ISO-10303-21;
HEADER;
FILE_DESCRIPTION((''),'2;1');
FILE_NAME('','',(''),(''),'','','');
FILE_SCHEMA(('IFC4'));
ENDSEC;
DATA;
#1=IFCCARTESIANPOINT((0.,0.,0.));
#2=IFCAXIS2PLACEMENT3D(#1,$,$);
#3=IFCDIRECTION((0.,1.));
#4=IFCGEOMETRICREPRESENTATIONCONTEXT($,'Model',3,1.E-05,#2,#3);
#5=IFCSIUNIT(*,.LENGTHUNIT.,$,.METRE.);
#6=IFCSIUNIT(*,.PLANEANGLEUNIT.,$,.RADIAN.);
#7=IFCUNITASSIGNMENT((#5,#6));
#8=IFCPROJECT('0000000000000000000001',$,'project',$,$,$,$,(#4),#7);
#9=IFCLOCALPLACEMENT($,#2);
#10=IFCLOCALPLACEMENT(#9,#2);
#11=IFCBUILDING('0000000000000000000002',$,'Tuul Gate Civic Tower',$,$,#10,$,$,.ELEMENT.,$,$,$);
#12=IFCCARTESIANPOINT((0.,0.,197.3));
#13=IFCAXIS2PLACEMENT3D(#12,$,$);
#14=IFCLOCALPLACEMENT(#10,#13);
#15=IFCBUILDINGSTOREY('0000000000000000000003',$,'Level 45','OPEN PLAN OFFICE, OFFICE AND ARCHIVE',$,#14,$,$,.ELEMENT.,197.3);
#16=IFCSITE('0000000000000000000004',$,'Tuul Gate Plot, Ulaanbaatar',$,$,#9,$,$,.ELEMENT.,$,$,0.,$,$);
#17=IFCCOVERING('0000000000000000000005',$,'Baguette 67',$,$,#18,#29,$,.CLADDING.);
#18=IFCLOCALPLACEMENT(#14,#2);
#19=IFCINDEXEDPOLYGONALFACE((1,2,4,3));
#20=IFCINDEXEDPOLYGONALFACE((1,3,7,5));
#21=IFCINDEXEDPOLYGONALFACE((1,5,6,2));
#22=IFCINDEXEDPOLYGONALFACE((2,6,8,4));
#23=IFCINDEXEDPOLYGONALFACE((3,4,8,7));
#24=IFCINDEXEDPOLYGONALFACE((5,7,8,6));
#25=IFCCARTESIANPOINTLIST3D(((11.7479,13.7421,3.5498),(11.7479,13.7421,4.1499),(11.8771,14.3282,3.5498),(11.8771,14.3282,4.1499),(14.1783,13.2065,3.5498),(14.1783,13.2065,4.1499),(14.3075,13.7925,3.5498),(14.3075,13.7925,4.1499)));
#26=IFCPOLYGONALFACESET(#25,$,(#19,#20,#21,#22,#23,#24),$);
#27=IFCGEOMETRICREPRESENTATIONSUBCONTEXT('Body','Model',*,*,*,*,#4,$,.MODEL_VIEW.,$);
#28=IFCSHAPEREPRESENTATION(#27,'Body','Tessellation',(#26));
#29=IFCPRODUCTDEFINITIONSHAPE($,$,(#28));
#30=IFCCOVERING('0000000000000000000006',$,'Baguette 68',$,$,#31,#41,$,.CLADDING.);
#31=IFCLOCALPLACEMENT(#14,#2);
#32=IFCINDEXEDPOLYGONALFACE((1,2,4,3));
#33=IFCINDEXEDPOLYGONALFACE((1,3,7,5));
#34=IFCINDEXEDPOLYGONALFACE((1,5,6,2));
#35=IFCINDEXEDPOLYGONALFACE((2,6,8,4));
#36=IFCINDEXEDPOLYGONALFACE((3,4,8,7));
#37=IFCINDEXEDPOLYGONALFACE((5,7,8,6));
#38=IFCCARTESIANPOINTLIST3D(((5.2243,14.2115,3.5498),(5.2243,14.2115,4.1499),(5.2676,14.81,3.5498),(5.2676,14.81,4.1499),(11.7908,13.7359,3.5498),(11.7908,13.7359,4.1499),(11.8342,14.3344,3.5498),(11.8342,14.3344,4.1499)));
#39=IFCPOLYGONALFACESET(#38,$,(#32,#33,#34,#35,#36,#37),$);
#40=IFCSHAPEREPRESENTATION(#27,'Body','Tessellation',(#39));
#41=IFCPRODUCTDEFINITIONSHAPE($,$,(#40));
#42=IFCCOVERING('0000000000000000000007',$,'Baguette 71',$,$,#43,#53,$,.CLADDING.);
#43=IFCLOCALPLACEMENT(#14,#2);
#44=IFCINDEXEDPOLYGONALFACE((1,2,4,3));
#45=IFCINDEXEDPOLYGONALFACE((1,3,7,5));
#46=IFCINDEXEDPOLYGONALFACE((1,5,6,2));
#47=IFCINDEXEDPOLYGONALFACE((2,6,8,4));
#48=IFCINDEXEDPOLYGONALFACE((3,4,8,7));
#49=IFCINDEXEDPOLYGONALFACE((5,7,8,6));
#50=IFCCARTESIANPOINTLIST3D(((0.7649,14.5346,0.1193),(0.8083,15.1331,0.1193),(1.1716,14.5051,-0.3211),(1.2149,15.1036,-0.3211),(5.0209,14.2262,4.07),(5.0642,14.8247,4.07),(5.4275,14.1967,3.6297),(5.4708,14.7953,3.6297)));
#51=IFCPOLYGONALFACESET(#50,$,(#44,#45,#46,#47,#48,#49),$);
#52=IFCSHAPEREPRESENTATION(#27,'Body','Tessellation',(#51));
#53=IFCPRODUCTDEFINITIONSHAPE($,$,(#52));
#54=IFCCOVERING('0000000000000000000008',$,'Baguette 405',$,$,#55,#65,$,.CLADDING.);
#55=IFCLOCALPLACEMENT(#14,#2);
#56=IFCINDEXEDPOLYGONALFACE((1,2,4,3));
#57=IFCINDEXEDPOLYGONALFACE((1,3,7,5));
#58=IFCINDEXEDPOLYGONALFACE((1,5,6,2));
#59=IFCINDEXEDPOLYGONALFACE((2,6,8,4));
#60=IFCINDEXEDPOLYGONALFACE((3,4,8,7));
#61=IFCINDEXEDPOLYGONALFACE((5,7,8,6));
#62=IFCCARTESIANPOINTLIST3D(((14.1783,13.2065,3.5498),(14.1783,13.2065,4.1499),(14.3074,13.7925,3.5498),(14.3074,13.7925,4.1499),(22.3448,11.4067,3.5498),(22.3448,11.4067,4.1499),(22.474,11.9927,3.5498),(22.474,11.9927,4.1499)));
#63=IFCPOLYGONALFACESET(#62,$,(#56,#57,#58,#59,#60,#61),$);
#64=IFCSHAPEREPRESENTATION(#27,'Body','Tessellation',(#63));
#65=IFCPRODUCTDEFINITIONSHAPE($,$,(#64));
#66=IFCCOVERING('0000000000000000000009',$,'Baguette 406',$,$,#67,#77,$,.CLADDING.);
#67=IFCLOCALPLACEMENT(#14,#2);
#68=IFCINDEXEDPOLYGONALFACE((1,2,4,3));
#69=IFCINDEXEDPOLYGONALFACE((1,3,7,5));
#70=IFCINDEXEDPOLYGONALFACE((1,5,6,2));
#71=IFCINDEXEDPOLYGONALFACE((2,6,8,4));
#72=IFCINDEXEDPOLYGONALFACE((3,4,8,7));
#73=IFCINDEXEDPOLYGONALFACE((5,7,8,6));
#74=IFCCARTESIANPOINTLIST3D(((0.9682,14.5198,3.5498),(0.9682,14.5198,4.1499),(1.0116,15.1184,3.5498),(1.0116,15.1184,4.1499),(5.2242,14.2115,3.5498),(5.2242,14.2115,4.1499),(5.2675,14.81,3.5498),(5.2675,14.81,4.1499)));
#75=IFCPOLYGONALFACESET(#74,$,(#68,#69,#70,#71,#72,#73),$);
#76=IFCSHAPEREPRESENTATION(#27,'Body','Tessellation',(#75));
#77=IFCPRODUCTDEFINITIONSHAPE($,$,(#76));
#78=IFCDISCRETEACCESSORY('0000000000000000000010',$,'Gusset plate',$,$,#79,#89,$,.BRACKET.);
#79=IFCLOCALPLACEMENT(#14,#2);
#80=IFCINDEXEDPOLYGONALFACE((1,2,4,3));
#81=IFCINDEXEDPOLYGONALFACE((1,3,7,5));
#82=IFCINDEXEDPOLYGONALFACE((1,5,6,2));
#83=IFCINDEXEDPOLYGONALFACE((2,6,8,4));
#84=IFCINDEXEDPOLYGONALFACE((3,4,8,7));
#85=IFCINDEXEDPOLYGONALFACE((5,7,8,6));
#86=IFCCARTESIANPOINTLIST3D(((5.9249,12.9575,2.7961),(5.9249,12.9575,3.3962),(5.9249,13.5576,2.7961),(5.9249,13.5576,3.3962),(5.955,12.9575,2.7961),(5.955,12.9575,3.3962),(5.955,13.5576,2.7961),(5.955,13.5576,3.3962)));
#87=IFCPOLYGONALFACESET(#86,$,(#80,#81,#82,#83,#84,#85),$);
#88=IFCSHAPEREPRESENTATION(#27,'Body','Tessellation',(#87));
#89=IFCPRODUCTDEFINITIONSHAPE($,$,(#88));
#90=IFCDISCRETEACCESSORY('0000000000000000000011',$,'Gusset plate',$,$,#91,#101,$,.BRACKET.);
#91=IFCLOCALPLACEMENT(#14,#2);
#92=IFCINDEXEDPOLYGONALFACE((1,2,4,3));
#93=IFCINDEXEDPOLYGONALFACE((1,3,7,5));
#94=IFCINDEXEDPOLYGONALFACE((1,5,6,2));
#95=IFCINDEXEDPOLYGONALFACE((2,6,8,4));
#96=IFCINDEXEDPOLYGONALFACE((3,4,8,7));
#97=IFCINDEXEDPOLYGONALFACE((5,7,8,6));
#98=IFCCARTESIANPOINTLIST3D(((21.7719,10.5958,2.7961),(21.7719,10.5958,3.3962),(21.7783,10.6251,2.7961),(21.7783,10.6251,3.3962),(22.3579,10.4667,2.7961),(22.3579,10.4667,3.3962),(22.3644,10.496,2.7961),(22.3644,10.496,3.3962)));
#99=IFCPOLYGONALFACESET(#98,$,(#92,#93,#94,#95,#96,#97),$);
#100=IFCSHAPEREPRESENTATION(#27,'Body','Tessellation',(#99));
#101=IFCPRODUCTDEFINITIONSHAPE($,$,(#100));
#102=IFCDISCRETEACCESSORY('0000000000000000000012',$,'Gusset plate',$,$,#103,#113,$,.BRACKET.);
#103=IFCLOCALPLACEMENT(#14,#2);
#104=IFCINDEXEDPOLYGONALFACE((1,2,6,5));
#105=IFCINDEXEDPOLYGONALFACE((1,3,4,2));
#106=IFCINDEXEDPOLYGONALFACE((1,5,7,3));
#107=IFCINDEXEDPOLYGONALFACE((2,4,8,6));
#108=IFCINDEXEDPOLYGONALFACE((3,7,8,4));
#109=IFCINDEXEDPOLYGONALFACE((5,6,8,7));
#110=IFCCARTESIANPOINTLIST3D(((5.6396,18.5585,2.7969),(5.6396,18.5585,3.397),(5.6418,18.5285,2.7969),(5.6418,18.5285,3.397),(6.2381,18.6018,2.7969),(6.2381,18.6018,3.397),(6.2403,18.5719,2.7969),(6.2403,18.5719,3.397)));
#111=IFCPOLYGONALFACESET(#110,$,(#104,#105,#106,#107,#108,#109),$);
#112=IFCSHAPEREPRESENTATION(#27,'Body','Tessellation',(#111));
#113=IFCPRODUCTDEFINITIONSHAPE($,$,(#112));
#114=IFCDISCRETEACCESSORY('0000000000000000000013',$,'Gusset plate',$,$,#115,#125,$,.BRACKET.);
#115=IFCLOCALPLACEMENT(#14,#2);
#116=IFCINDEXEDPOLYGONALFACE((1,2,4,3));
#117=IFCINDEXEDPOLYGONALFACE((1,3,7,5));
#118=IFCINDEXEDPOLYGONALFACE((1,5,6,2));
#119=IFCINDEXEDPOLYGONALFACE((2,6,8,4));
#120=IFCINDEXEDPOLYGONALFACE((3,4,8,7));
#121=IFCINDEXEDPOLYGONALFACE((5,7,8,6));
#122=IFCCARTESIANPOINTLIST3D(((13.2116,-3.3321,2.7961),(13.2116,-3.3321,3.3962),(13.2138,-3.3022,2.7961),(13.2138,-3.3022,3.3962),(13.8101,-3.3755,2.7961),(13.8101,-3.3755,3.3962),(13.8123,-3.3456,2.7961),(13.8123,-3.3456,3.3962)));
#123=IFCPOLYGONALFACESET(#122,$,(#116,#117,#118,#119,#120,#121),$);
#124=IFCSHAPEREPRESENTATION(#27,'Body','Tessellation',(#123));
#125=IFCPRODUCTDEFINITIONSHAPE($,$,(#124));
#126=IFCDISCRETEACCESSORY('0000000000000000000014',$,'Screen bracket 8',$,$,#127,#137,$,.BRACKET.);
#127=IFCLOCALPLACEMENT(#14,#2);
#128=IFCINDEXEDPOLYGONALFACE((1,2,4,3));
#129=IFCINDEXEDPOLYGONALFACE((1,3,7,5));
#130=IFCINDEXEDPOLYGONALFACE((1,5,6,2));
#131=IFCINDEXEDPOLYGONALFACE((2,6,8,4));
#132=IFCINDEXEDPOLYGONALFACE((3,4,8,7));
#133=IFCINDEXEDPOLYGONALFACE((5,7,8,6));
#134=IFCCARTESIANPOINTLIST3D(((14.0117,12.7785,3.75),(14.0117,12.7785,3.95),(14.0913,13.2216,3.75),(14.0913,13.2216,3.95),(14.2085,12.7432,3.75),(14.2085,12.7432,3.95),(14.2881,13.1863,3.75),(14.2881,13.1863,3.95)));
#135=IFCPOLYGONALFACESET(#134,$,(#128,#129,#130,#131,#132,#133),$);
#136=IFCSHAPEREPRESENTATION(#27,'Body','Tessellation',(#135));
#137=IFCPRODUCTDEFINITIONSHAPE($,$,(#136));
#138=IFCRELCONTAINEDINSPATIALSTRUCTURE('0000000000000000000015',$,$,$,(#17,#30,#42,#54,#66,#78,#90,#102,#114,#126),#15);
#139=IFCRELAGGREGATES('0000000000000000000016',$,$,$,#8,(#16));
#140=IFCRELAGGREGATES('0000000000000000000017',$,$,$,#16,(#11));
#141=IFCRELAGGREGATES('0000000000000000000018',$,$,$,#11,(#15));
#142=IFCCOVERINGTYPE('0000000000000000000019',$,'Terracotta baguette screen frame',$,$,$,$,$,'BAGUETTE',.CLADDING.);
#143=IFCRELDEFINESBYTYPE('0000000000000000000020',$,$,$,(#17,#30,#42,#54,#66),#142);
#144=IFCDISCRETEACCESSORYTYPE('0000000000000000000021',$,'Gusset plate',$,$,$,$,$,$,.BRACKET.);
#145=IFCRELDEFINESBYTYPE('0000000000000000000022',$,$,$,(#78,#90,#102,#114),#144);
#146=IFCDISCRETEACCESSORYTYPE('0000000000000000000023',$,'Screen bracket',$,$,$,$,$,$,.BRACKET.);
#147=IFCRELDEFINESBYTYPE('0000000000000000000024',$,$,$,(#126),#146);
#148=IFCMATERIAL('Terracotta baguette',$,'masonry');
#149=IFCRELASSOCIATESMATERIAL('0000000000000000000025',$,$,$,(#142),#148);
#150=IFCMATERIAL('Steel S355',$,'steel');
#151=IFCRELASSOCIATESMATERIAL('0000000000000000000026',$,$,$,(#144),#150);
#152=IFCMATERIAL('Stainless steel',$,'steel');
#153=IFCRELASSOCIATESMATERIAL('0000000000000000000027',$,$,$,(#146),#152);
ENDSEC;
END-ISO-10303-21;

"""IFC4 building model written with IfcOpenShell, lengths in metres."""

from ifc_helpers import new_model, si_unit, direction, frame, origin, origin_2d, place, context, subcontext, project, spatial, rectangle, extrude, material, material_profile, profile_set, type_object, element, save


model = new_model("IFC4")

# Units and contexts
model_context = context("Model", 3, precision=1e-05, world=origin(), true_north=direction((0.0, 1.0)))
body_context = subcontext(model_context, "Body", "Model", "MODEL_VIEW")
ifc_project = project(units=[si_unit("LENGTHUNIT", "METRE"), si_unit("PLANEANGLEUNIT", "RADIAN")], contexts=[model_context])

# Site, building, storey
site_placement = place(None, origin())
site = spatial("IfcSite", under=ifc_project, at=site_placement, Name="Tuul Gate Plot, Ulaanbaatar", CompositionType="ELEMENT", RefElevation=0.0)
building_placement = place(site_placement, origin())
building = spatial("IfcBuilding", under=site, at=building_placement, Name="Tuul Gate Civic Tower", CompositionType="ELEMENT")
storey_placement = place(building_placement, frame((0.0, 0.0, 197.3)))
storey = spatial("IfcBuildingStorey", under=building, at=storey_placement, Name="Level 45", Description="OPEN PLAN OFFICE, OFFICE AND ARCHIVE", CompositionType="ELEMENT", Elevation=197.3)

# Coverings
ifc_material_1 = material(Name="Terracotta baguette", Category="masonry")
ifc_material_profile_1 = material_profile(ifc_material_1, rectangle(XDim=0.6001, YDim=0.6001, at=origin_2d()), Name="Terracotta baguette screen frame")
ifc_profile_set_1 = profile_set([ifc_material_profile_1], Name="Terracotta baguette")
covering_type = type_object("IfcCoveringType", Name="Terracotta baguette screen frame", ElementType="BAGUETTE", PredefinedType="CLADDING", material=ifc_profile_set_1)
covering_1_placement = place(storey_placement, frame((14.2429, 13.4995, 3.8499), z_axis=(-0.976564, 0.215227, 0.0), x_axis=(-0.215227, -0.976564, 0.0)))
element("IfcCovering", 1, at=covering_1_placement, inside=storey, type_object=covering_type, Name="Baguette 67", PredefinedType="CLADDING", context=body_context, shape_type="SweptSolid", body=[
    extrude(rectangle(XDim=0.6001, YDim=0.6001, at=origin_2d()), origin(), (0.0, 0.0, 1.0), 2.4888),
])
covering_2_placement = place(storey_placement, frame((11.8125, 14.0352, 3.8499), z_axis=(-0.997388, 0.072235, 0.0), x_axis=(-0.072235, -0.997388, 0.0)))
element("IfcCovering", 2, at=covering_2_placement, inside=storey, type_object=covering_type, Name="Baguette 68", PredefinedType="CLADDING", context=body_context, shape_type="SweptSolid", body=[
    extrude(rectangle(XDim=0.6001, YDim=0.6001, at=origin_2d()), origin(), (0.0, 0.0, 1.0), 6.5837),
])
covering_3_placement = place(storey_placement, frame((5.2458, 14.5107, 3.8499), z_axis=(-0.731864, 0.053026, -0.679384), x_axis=(-0.072264, -0.997386, 0.0)))
element("IfcCovering", 3, at=covering_3_placement, inside=storey, type_object=covering_type, Name="Baguette 71", PredefinedType="CLADDING", context=body_context, shape_type="SweptSolid", body=[
    extrude(rectangle(XDim=0.6001, YDim=0.6001, at=origin_2d()), origin(), (0.0, 0.0, 1.0), 5.8152),
])
covering_4_placement = place(storey_placement, frame((22.4094, 11.6997, 3.8499), z_axis=(-0.976565, 0.215224, 0.0), x_axis=(-0.215224, -0.976565, 0.0)))
element("IfcCovering", 4, at=covering_4_placement, inside=storey, type_object=covering_type, Name="Baguette 405", PredefinedType="CLADDING", context=body_context, shape_type="SweptSolid", body=[
    extrude(rectangle(XDim=0.6001, YDim=0.6001, at=origin_2d()), origin(), (0.0, 0.0, 1.0), 8.3625),
])
covering_5_placement = place(storey_placement, frame((5.2458, 14.5107, 3.8499), z_axis=(-0.997386, 0.072264, 0.0), x_axis=(-0.072264, -0.997386, 0.0)))
element("IfcCovering", 5, at=covering_5_placement, inside=storey, type_object=covering_type, Name="Baguette 406", PredefinedType="CLADDING", context=body_context, shape_type="SweptSolid", body=[
    extrude(rectangle(XDim=0.6001, YDim=0.6001, at=origin_2d()), origin(), (0.0, 0.0, 1.0), 4.2671),
])

# Discrete accessories
ifc_material_2 = material(Name="Steel S355", Category="steel")
discrete_accessory_type_1 = type_object("IfcDiscreteAccessoryType", Name="Gusset plate", PredefinedType="BRACKET", material=ifc_material_2)
for number, where, z_axis, x_axis, name in (
    (6, (5.9399, 13.2576, 2.7961), (0.0, 0.0, 1.0), (0.0, 1.0, 0.0), "Gusset plate"),
    (7, (22.0681, 10.5459, 2.7961), (0.0, 0.0, 1.0), (-0.976569, 0.215205, 0.0), "Gusset plate"),
    (8, (5.9399, 18.5652, 2.7969), (0.0, 0.0, 1.0), (-0.99739, -0.072205, 0.0), "Gusset plate"),
    (9, (13.512, -3.3389, 2.7961), (0.0, 0.0, 1.0), (-0.997382, 0.072314, 0.0), "Gusset plate"),
):
    element("IfcDiscreteAccessory", number, at=place(storey_placement, frame(where, z_axis=z_axis, x_axis=x_axis)), inside=storey, type_object=discrete_accessory_type_1, Name=name, PredefinedType="BRACKET", context=body_context, shape_type="SweptSolid", body=[
        extrude(rectangle(XDim=0.6001, YDim=0.03, at=origin_2d()), origin(), (0.0, 0.0, 1.0), 0.6001),
    ])
ifc_material_3 = material(Name="Stainless steel", Category="steel")
discrete_accessory_type_2 = type_object("IfcDiscreteAccessoryType", Name="Screen bracket", PredefinedType="BRACKET", material=ifc_material_3)
discrete_accessory_placement = place(storey_placement, frame((14.1499, 12.9824, 3.75), z_axis=(0.0, 0.0, 1.0), x_axis=(0.176796, 0.984247, 0.0)))
element("IfcDiscreteAccessory", 10, at=discrete_accessory_placement, inside=storey, type_object=discrete_accessory_type_2, Name="Screen bracket 8", PredefinedType="BRACKET", context=body_context, shape_type="SweptSolid", body=[
    extrude(rectangle(XDim=0.4502, YDim=0.2, at=origin_2d()), origin(), (0.0, 0.0, 1.0), 0.2),
])

save(model, "model.ifc")
